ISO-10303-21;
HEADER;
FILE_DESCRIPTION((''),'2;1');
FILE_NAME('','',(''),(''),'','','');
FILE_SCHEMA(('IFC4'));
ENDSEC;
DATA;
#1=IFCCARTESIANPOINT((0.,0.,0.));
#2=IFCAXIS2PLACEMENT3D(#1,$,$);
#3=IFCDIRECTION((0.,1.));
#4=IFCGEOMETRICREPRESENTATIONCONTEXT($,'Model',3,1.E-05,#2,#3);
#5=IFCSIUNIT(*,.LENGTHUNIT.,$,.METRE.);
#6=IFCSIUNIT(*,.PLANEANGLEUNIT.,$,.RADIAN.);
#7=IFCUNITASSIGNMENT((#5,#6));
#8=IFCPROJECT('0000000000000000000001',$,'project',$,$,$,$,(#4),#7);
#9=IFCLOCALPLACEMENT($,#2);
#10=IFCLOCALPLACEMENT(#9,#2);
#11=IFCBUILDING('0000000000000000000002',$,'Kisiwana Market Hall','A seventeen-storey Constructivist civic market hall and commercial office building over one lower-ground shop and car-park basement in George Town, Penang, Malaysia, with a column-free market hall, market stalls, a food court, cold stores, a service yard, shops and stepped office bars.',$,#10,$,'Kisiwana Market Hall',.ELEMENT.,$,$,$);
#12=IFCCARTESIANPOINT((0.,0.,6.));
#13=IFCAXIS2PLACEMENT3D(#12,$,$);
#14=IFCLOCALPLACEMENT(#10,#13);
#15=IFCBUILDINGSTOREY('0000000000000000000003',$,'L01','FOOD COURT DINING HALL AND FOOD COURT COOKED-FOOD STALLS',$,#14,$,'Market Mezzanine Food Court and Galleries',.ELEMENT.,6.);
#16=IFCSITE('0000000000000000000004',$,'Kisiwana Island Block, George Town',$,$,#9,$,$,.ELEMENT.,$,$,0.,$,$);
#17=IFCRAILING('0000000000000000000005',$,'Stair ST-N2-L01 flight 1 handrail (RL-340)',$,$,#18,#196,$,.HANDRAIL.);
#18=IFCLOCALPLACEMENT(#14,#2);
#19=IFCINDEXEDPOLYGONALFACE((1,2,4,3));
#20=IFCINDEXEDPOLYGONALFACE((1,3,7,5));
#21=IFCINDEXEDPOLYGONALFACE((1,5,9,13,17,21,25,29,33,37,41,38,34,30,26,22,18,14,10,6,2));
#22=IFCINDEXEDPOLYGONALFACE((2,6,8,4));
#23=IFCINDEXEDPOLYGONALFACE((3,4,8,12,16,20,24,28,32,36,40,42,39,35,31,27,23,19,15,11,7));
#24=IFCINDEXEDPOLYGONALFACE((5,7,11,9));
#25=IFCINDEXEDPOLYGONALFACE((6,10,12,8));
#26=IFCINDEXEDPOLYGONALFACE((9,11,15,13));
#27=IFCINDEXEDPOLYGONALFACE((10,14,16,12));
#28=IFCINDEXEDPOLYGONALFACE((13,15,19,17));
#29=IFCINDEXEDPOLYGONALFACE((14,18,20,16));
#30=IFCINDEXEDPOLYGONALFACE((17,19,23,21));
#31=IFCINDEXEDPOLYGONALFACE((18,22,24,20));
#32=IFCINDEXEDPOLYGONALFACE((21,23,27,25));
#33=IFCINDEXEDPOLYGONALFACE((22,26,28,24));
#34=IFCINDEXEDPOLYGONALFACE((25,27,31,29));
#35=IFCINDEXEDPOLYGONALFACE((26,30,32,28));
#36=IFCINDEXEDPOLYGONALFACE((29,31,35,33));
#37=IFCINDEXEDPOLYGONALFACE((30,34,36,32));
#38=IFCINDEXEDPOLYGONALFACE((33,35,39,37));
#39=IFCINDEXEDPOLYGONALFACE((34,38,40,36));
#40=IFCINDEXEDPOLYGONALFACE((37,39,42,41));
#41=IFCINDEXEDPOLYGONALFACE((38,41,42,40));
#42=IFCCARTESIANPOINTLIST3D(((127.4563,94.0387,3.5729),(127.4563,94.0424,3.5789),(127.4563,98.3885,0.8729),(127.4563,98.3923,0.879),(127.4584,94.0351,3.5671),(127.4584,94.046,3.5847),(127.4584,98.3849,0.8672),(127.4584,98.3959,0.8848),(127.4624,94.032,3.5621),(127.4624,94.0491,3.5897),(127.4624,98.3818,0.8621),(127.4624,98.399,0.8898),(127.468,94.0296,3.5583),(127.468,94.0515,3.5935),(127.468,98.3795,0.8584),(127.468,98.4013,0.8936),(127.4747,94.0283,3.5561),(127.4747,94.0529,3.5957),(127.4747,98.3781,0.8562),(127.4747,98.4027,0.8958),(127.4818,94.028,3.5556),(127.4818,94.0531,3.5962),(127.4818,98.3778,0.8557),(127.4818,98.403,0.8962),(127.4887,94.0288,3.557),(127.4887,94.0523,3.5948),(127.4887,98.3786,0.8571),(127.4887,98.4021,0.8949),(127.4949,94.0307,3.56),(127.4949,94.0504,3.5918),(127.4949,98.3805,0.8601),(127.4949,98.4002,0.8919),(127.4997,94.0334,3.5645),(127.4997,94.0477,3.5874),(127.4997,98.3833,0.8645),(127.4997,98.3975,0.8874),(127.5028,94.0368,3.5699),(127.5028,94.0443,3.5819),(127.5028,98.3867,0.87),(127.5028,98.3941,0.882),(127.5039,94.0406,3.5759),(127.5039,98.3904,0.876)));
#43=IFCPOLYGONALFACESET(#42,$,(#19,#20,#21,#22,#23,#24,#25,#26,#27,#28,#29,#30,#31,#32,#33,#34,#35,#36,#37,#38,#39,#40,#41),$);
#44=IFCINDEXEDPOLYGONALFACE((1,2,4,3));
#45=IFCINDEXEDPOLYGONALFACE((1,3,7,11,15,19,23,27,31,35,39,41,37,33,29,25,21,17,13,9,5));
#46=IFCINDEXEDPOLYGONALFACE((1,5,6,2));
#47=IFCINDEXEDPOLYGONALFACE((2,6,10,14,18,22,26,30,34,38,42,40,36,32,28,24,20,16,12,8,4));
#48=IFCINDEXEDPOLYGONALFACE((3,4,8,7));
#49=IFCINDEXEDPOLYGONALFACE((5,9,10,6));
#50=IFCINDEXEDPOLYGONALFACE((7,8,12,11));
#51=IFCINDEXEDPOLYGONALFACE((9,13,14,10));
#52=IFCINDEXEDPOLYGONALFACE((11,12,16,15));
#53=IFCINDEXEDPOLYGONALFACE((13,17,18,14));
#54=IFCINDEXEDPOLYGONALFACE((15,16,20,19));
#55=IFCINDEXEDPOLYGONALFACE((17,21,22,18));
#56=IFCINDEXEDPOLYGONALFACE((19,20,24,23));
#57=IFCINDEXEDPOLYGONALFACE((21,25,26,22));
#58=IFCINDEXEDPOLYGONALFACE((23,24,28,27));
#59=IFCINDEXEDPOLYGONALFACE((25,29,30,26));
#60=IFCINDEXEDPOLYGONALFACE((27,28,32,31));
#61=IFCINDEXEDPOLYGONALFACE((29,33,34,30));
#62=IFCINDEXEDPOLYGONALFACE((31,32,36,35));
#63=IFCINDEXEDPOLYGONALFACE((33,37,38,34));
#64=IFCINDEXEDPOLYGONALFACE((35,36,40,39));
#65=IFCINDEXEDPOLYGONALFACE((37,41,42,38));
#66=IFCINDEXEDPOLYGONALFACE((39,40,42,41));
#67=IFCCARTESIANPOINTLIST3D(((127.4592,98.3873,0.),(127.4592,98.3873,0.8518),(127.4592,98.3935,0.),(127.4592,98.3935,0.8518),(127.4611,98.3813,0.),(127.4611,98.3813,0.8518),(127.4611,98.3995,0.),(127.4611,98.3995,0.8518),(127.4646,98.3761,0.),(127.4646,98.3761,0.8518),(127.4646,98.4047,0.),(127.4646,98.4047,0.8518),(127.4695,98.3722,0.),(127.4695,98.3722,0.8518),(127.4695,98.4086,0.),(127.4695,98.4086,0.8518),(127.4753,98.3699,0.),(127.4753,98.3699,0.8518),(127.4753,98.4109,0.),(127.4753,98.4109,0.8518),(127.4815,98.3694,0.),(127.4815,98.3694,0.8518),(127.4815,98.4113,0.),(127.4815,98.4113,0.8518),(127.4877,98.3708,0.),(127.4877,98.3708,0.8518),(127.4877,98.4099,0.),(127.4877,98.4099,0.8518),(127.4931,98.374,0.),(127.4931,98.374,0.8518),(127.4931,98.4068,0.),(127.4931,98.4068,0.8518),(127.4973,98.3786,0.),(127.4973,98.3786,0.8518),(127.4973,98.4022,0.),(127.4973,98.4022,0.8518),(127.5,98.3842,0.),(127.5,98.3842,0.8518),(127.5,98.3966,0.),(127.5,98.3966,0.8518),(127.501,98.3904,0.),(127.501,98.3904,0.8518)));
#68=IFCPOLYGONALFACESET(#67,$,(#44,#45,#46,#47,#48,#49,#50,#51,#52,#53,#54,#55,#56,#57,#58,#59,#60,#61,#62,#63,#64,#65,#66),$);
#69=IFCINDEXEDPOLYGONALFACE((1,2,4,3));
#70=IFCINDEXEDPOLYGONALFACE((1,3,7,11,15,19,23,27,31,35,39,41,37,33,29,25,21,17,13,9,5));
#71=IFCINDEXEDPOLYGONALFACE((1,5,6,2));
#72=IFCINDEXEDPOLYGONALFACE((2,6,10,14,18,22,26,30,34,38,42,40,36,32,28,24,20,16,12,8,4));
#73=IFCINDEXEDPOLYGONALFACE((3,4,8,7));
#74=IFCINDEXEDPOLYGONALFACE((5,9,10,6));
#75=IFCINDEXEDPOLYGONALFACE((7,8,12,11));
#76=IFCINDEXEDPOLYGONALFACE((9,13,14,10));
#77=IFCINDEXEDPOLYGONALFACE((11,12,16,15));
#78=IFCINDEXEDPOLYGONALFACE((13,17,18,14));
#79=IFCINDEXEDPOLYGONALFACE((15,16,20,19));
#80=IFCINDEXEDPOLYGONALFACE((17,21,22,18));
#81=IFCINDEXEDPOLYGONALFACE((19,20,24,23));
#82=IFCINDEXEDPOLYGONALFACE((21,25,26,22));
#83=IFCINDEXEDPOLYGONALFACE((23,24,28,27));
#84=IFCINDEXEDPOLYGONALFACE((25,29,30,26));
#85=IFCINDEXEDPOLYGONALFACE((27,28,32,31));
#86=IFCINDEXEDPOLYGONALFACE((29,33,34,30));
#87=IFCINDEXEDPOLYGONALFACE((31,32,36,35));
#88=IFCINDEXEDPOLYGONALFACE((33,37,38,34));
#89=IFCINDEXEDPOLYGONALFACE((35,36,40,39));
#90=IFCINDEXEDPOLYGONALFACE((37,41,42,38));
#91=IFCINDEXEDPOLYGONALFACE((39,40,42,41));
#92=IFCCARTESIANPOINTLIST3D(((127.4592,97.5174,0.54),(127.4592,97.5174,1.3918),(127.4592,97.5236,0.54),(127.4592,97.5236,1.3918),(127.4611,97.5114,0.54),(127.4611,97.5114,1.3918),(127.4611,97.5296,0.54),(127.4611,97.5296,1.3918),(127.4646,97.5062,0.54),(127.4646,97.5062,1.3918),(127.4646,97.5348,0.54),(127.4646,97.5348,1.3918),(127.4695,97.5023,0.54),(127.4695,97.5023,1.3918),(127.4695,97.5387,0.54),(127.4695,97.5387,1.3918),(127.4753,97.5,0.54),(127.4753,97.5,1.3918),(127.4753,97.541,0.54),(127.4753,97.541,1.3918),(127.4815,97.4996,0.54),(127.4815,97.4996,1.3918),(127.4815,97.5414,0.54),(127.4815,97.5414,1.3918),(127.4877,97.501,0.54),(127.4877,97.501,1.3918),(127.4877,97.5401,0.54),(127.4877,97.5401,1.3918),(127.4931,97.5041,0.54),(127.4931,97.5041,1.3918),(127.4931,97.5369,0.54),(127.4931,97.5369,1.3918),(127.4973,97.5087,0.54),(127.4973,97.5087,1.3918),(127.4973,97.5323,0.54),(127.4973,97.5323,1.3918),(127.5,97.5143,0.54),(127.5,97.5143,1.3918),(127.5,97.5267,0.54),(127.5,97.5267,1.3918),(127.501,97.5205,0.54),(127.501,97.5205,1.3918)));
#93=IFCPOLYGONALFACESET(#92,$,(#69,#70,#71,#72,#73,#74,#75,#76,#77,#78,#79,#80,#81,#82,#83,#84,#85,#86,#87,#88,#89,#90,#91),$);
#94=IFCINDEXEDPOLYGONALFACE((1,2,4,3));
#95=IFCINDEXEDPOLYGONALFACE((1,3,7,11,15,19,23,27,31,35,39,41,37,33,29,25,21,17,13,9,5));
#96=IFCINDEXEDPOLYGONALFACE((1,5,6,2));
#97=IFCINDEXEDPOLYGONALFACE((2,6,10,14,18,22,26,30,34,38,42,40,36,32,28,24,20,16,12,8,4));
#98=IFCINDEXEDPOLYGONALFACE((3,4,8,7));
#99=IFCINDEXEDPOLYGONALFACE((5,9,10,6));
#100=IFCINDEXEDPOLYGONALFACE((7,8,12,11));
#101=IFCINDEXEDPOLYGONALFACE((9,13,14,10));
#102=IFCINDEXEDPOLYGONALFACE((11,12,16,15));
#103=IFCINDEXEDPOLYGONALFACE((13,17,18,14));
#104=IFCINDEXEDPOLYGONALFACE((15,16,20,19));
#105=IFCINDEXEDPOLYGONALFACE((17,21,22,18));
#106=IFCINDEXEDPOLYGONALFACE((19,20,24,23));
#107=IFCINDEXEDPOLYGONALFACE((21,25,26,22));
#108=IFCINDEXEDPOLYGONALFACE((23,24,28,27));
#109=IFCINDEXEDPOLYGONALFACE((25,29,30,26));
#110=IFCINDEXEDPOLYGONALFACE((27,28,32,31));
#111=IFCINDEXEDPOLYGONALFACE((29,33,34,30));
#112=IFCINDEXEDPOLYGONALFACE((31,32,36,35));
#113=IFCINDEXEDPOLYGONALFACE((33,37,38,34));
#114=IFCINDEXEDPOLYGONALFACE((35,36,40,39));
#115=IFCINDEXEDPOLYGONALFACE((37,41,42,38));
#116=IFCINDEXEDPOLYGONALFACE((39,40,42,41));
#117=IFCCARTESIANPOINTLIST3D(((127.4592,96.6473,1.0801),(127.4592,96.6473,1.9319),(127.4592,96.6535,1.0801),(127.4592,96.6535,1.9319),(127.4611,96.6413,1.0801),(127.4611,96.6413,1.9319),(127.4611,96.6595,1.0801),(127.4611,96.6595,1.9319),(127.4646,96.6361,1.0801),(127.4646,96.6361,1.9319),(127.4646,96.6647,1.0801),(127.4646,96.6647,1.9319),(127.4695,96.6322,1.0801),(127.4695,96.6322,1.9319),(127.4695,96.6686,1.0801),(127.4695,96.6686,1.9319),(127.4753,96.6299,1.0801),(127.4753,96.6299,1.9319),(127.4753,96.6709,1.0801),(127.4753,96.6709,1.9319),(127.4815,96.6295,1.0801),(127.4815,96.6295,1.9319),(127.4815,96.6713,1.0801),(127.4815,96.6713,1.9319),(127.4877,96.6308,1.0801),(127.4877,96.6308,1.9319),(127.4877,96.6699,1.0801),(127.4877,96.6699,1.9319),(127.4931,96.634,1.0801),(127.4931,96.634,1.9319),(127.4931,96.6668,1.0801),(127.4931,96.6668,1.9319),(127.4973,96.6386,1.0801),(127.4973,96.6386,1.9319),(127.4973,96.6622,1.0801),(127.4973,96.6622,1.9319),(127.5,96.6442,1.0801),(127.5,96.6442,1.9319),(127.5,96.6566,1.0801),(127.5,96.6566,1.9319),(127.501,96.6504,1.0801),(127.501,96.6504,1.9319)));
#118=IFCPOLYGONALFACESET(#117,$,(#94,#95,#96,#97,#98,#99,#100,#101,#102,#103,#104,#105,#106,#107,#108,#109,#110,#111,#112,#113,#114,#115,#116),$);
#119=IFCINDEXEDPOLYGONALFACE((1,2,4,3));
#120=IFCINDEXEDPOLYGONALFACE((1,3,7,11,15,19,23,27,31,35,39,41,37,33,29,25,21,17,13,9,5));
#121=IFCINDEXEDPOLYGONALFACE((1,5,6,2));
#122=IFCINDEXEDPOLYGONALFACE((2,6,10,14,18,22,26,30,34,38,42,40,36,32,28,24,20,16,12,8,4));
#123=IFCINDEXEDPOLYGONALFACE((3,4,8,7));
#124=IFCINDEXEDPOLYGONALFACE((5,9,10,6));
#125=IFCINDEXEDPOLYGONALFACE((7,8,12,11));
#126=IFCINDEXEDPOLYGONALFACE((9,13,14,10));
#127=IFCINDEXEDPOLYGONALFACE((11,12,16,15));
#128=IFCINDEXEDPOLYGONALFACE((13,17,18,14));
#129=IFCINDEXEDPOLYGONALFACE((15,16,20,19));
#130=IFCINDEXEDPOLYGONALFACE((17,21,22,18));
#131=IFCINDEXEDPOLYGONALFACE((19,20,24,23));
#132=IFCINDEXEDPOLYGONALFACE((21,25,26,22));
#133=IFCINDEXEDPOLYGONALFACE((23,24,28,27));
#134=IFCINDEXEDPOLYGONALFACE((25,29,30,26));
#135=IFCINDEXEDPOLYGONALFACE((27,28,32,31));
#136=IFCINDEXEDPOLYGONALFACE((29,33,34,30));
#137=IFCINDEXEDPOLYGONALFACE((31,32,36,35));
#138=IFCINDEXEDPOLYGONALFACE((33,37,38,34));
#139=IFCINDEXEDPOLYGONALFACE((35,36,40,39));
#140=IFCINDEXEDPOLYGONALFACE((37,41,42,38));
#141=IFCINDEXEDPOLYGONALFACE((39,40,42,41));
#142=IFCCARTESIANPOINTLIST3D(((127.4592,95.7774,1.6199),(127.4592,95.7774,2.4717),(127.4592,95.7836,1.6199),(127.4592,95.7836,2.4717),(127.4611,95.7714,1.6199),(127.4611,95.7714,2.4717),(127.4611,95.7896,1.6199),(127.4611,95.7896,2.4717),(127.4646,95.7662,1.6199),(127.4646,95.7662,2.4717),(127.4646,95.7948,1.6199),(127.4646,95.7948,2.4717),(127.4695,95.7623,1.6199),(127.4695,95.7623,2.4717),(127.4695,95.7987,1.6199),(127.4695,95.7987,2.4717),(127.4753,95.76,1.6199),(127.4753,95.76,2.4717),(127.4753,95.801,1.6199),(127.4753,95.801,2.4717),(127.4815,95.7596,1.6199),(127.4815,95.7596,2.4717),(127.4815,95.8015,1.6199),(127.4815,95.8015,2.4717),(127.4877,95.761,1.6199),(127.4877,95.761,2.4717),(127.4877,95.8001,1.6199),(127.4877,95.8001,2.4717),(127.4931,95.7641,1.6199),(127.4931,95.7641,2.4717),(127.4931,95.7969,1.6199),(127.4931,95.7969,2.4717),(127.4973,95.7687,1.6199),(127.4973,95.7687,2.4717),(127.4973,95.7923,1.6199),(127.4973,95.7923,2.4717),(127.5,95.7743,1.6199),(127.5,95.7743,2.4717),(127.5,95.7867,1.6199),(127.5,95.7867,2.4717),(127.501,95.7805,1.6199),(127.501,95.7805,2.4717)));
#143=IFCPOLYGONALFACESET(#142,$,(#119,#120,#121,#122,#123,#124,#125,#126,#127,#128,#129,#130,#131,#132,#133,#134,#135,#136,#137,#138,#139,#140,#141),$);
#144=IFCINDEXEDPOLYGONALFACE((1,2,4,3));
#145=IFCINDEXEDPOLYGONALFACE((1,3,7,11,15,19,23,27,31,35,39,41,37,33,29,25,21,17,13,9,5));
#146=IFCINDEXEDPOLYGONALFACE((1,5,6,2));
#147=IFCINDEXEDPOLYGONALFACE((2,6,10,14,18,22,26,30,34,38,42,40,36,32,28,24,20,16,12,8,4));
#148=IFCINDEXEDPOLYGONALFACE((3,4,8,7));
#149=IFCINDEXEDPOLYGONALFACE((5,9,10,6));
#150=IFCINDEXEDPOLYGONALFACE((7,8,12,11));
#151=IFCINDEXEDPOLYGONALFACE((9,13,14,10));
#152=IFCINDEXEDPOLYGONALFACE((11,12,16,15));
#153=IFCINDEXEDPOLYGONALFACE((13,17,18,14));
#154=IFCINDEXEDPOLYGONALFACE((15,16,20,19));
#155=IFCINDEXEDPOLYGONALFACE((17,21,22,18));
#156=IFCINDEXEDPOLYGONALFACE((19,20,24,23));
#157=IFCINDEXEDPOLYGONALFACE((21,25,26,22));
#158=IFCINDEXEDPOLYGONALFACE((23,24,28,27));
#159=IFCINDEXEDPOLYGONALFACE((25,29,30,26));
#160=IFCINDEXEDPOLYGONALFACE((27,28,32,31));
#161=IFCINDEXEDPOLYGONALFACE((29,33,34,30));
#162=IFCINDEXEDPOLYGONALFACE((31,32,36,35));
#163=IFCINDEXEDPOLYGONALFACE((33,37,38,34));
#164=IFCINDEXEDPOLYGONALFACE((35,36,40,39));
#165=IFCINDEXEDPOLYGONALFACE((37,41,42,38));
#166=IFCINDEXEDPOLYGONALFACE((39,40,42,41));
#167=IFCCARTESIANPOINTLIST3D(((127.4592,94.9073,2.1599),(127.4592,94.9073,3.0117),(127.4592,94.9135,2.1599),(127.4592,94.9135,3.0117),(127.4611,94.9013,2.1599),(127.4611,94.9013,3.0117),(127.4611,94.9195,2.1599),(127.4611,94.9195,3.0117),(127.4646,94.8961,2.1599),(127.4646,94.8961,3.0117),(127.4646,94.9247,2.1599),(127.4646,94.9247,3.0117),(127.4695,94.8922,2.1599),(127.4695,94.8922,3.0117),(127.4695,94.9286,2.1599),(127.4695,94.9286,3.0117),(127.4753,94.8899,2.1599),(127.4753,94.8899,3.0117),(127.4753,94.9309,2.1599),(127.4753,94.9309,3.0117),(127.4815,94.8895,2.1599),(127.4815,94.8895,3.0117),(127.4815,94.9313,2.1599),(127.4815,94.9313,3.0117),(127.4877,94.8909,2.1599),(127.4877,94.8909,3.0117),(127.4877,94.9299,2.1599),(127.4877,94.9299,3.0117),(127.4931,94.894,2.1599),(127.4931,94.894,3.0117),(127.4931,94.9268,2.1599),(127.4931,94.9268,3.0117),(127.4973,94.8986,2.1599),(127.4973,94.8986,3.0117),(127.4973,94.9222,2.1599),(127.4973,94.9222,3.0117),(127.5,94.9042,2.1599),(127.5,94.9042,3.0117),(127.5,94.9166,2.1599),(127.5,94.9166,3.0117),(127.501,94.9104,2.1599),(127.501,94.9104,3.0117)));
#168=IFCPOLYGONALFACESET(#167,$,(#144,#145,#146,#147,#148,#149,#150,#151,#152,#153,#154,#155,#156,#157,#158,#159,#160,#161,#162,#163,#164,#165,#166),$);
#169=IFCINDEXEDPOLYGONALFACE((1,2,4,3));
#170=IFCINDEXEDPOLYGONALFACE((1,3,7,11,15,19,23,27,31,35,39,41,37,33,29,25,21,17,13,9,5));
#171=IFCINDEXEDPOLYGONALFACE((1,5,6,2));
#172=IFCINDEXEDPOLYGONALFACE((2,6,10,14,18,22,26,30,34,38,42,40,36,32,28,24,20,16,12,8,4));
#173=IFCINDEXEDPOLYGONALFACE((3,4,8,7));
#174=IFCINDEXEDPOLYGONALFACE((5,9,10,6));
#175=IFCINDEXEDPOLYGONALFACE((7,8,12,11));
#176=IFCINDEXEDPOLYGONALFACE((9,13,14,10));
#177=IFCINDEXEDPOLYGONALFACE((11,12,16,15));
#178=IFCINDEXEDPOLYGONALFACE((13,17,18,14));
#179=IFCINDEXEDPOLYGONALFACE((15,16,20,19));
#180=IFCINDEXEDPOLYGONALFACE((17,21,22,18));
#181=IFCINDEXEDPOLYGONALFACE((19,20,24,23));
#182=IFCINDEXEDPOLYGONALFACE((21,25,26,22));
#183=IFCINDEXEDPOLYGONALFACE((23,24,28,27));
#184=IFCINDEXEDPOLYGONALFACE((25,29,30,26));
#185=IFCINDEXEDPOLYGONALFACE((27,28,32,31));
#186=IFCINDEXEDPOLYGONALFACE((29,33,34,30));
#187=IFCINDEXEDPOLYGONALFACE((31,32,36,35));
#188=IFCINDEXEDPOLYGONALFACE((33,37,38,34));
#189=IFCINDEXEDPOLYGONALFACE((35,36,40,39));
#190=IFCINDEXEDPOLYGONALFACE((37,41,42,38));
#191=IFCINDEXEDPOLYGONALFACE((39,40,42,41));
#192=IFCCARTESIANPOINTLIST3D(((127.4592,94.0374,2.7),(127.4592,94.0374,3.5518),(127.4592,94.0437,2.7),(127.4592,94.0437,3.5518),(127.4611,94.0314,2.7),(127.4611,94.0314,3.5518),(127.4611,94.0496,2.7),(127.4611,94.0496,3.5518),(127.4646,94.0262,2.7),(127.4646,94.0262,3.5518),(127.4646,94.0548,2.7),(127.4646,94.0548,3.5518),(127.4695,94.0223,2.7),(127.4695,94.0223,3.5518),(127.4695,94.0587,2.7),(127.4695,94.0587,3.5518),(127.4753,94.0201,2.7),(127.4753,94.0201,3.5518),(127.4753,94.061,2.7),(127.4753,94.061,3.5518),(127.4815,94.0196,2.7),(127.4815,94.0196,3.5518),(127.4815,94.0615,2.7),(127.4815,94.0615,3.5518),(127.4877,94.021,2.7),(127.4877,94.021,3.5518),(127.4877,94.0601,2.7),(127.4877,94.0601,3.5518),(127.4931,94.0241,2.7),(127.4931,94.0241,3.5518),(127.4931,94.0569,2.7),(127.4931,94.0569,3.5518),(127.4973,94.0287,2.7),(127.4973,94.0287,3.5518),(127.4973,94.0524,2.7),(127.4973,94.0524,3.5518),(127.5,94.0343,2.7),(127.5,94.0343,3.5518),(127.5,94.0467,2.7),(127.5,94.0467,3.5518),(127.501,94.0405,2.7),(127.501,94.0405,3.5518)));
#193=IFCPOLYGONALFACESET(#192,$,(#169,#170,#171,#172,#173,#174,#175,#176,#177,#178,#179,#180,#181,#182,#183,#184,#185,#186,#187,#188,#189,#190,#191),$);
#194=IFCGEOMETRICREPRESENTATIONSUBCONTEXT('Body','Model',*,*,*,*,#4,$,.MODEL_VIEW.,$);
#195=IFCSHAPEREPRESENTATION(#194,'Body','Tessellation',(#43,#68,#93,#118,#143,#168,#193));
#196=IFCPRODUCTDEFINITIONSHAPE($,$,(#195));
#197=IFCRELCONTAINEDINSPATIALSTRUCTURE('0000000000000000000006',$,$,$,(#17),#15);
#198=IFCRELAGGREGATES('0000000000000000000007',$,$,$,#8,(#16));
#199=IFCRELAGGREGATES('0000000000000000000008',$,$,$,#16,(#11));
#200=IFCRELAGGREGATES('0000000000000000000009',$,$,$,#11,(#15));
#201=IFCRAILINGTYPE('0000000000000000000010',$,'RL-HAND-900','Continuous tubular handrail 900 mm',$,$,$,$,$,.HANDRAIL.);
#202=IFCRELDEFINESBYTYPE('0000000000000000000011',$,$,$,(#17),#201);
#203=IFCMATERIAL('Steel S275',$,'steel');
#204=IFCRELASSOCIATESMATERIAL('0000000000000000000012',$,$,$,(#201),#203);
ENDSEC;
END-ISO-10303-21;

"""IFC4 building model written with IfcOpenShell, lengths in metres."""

from ifc_helpers import new_model, si_unit, direction, frame, origin, origin_2d, place, context, subcontext, project, spatial, circle, extrude, material, type_object, element, save


model = new_model("IFC4")

# Units and contexts
model_context = context("Model", 3, precision=1e-05, world=origin(), true_north=direction((0.0, 1.0)))
body_context = subcontext(model_context, "Body", "Model", "MODEL_VIEW")
ifc_project = project(units=[si_unit("LENGTHUNIT", "METRE"), si_unit("PLANEANGLEUNIT", "RADIAN")], contexts=[model_context])

# Site, building, storey
site_placement = place(None, origin())
site = spatial("IfcSite", under=ifc_project, at=site_placement, Name="Kisiwana Island Block, George Town", CompositionType="ELEMENT", RefElevation=0.0)
building_placement = place(site_placement, origin())
building = spatial("IfcBuilding", under=site, at=building_placement, Name="Kisiwana Market Hall", Description="A seventeen-storey Constructivist civic market hall and commercial office building over one lower-ground shop and car-park basement in George Town, Penang, Malaysia, with a column-free market hall, market stalls, a food court, cold stores, a service yard, shops and stepped office bars.", LongName="Kisiwana Market Hall", CompositionType="ELEMENT")
storey_placement = place(building_placement, frame((0.0, 0.0, 6.0)))
storey = spatial("IfcBuildingStorey", under=building, at=storey_placement, Name="L01", Description="FOOD COURT DINING HALL AND FOOD COURT COOKED-FOOD STALLS", LongName="Market Mezzanine Food Court and Galleries", CompositionType="ELEMENT", Elevation=6.0)

# Railing
ifc_material_1 = material(Name="Steel S275", Category="steel")
railing_type_1 = type_object("IfcRailingType", Name="RL-HAND-900", Description="Continuous tubular handrail 900 mm", PredefinedType="HANDRAIL", material=ifc_material_1)
railing_1_placement = place(storey_placement, frame((127.48, 98.3904, 0.0)))
element("IfcRailing", 1, at=railing_1_placement, inside=storey, type_object=railing_type_1, Name="Stair ST-N2-L01 flight 1 handrail (RL-340)", PredefinedType="HANDRAIL", context=body_context, shape_type="SweptSolid", body=[
    extrude(circle(Radius=0.0239, at=origin_2d()), frame((0.0, 0.0, 0.876), z_axis=(0.0, -0.849636, 0.527369), x_axis=(1.0, 0.0, 0.0)), (0.0, 0.0, 1.0), 5.1196),
    extrude(circle(Radius=0.021, at=origin_2d()), origin(), (0.0, 0.0, 1.0), 0.8518),
    extrude(circle(Radius=0.021, at=origin_2d()), frame((0.0, -0.8699, 0.54)), (0.0, 0.0, 1.0), 0.8518),
    extrude(circle(Radius=0.021, at=origin_2d()), frame((0.0, -1.74, 1.0801)), (0.0, 0.0, 1.0), 0.8518),
    extrude(circle(Radius=0.021, at=origin_2d()), frame((0.0, -2.6099, 1.6199)), (0.0, 0.0, 1.0), 0.8518),
    extrude(circle(Radius=0.021, at=origin_2d()), frame((0.0, -3.48, 2.1599)), (0.0, 0.0, 1.0), 0.8518),
    extrude(circle(Radius=0.021, at=origin_2d()), frame((0.0, -4.3499, 2.7)), (0.0, 0.0, 1.0), 0.8518),
])

save(model, "model.ifc")
